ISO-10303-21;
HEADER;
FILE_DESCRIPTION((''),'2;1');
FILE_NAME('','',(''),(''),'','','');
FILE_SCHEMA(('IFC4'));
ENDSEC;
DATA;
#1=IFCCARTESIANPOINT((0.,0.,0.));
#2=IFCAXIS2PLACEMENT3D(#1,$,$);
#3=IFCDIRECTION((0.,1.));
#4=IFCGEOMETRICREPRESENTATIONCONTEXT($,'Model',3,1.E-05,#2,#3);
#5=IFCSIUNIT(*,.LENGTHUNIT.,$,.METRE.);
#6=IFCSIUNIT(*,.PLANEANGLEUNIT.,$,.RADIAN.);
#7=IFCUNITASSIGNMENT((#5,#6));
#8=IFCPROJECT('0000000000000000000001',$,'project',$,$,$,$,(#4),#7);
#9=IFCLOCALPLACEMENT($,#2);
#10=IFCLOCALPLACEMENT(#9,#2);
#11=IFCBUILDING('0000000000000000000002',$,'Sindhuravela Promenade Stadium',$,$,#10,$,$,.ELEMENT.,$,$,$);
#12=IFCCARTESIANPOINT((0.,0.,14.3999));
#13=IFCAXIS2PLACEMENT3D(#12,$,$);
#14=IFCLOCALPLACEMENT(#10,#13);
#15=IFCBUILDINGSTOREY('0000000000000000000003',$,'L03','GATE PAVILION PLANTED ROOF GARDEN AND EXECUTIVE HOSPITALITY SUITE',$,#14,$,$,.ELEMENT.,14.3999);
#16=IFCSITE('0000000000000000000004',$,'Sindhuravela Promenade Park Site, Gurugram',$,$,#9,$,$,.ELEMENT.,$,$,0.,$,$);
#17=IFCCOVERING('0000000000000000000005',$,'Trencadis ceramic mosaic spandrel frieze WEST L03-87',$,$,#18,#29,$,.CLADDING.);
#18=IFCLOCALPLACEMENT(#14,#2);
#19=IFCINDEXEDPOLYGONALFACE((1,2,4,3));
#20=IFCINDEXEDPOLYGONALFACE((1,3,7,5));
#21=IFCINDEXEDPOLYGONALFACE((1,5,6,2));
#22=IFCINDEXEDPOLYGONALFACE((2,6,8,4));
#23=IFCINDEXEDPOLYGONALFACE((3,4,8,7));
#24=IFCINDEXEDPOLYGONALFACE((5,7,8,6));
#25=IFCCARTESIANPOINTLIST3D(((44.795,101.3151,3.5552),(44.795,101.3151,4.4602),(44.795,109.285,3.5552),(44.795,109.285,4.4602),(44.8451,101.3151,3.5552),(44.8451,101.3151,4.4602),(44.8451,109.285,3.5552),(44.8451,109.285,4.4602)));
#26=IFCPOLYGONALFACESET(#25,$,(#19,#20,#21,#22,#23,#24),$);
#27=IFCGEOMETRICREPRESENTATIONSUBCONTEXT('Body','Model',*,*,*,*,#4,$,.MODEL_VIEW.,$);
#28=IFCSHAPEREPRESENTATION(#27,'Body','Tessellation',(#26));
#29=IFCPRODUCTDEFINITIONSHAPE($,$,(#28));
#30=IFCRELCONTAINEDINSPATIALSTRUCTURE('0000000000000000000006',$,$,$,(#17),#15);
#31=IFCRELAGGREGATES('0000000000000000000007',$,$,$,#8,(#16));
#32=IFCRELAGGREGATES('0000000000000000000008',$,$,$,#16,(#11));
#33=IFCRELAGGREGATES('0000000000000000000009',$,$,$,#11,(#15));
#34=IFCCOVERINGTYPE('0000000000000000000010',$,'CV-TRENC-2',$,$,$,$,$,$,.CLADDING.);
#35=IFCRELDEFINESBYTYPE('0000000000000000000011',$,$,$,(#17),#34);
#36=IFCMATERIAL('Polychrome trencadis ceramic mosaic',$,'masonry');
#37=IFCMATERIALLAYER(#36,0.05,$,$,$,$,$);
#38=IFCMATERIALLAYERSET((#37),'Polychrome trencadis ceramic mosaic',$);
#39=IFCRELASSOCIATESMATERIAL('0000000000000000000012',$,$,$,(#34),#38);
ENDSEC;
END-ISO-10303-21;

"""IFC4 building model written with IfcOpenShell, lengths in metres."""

from ifc_helpers import new_model, si_unit, direction, frame, origin, origin_2d, place, context, subcontext, project, spatial, rectangle, extrude, material, layer, layer_set, type_object, element, save


model = new_model("IFC4")

# Units and contexts
model_context = context("Model", 3, precision=1e-05, world=origin(), true_north=direction((0.0, 1.0)))
body_context = subcontext(model_context, "Body", "Model", "MODEL_VIEW")
ifc_project = project(units=[si_unit("LENGTHUNIT", "METRE"), si_unit("PLANEANGLEUNIT", "RADIAN")], contexts=[model_context])

# Site, building, storey
site_placement = place(None, origin())
site = spatial("IfcSite", under=ifc_project, at=site_placement, Name="Sindhuravela Promenade Park Site, Gurugram", CompositionType="ELEMENT", RefElevation=0.0)
building_placement = place(site_placement, origin())
building = spatial("IfcBuilding", under=site, at=building_placement, Name="Sindhuravela Promenade Stadium", CompositionType="ELEMENT")
storey_placement = place(building_placement, frame((0.0, 0.0, 14.3999)))
storey = spatial("IfcBuildingStorey", under=building, at=storey_placement, Name="L03", Description="GATE PAVILION PLANTED ROOF GARDEN AND EXECUTIVE HOSPITALITY SUITE", CompositionType="ELEMENT", Elevation=14.3999)

# Covering
ifc_material_1 = material(Name="Polychrome trencadis ceramic mosaic", Category="masonry")
ifc_layer_1 = layer(ifc_material_1, 0.05)
ifc_layer_set_1 = layer_set([ifc_layer_1], Name="Polychrome trencadis ceramic mosaic")
covering_type_1 = type_object("IfcCoveringType", Name="CV-TRENC-2", PredefinedType="CLADDING", material=ifc_layer_set_1)
covering_1_placement = place(storey_placement, frame((44.8201, 105.3, 3.5552), z_axis=(0.0, 0.0, 1.0), x_axis=(0.0, -1.0, 0.0)))
element("IfcCovering", 1, at=covering_1_placement, inside=storey, type_object=covering_type_1, Name="Trencadis ceramic mosaic spandrel frieze WEST L03-87", PredefinedType="CLADDING", context=body_context, shape_type="SweptSolid", body=[
    extrude(rectangle(XDim=7.97, YDim=0.05, at=origin_2d()), origin(), (0.0, 0.0, 1.0), 0.905),
])

save(model, "model.ifc")
